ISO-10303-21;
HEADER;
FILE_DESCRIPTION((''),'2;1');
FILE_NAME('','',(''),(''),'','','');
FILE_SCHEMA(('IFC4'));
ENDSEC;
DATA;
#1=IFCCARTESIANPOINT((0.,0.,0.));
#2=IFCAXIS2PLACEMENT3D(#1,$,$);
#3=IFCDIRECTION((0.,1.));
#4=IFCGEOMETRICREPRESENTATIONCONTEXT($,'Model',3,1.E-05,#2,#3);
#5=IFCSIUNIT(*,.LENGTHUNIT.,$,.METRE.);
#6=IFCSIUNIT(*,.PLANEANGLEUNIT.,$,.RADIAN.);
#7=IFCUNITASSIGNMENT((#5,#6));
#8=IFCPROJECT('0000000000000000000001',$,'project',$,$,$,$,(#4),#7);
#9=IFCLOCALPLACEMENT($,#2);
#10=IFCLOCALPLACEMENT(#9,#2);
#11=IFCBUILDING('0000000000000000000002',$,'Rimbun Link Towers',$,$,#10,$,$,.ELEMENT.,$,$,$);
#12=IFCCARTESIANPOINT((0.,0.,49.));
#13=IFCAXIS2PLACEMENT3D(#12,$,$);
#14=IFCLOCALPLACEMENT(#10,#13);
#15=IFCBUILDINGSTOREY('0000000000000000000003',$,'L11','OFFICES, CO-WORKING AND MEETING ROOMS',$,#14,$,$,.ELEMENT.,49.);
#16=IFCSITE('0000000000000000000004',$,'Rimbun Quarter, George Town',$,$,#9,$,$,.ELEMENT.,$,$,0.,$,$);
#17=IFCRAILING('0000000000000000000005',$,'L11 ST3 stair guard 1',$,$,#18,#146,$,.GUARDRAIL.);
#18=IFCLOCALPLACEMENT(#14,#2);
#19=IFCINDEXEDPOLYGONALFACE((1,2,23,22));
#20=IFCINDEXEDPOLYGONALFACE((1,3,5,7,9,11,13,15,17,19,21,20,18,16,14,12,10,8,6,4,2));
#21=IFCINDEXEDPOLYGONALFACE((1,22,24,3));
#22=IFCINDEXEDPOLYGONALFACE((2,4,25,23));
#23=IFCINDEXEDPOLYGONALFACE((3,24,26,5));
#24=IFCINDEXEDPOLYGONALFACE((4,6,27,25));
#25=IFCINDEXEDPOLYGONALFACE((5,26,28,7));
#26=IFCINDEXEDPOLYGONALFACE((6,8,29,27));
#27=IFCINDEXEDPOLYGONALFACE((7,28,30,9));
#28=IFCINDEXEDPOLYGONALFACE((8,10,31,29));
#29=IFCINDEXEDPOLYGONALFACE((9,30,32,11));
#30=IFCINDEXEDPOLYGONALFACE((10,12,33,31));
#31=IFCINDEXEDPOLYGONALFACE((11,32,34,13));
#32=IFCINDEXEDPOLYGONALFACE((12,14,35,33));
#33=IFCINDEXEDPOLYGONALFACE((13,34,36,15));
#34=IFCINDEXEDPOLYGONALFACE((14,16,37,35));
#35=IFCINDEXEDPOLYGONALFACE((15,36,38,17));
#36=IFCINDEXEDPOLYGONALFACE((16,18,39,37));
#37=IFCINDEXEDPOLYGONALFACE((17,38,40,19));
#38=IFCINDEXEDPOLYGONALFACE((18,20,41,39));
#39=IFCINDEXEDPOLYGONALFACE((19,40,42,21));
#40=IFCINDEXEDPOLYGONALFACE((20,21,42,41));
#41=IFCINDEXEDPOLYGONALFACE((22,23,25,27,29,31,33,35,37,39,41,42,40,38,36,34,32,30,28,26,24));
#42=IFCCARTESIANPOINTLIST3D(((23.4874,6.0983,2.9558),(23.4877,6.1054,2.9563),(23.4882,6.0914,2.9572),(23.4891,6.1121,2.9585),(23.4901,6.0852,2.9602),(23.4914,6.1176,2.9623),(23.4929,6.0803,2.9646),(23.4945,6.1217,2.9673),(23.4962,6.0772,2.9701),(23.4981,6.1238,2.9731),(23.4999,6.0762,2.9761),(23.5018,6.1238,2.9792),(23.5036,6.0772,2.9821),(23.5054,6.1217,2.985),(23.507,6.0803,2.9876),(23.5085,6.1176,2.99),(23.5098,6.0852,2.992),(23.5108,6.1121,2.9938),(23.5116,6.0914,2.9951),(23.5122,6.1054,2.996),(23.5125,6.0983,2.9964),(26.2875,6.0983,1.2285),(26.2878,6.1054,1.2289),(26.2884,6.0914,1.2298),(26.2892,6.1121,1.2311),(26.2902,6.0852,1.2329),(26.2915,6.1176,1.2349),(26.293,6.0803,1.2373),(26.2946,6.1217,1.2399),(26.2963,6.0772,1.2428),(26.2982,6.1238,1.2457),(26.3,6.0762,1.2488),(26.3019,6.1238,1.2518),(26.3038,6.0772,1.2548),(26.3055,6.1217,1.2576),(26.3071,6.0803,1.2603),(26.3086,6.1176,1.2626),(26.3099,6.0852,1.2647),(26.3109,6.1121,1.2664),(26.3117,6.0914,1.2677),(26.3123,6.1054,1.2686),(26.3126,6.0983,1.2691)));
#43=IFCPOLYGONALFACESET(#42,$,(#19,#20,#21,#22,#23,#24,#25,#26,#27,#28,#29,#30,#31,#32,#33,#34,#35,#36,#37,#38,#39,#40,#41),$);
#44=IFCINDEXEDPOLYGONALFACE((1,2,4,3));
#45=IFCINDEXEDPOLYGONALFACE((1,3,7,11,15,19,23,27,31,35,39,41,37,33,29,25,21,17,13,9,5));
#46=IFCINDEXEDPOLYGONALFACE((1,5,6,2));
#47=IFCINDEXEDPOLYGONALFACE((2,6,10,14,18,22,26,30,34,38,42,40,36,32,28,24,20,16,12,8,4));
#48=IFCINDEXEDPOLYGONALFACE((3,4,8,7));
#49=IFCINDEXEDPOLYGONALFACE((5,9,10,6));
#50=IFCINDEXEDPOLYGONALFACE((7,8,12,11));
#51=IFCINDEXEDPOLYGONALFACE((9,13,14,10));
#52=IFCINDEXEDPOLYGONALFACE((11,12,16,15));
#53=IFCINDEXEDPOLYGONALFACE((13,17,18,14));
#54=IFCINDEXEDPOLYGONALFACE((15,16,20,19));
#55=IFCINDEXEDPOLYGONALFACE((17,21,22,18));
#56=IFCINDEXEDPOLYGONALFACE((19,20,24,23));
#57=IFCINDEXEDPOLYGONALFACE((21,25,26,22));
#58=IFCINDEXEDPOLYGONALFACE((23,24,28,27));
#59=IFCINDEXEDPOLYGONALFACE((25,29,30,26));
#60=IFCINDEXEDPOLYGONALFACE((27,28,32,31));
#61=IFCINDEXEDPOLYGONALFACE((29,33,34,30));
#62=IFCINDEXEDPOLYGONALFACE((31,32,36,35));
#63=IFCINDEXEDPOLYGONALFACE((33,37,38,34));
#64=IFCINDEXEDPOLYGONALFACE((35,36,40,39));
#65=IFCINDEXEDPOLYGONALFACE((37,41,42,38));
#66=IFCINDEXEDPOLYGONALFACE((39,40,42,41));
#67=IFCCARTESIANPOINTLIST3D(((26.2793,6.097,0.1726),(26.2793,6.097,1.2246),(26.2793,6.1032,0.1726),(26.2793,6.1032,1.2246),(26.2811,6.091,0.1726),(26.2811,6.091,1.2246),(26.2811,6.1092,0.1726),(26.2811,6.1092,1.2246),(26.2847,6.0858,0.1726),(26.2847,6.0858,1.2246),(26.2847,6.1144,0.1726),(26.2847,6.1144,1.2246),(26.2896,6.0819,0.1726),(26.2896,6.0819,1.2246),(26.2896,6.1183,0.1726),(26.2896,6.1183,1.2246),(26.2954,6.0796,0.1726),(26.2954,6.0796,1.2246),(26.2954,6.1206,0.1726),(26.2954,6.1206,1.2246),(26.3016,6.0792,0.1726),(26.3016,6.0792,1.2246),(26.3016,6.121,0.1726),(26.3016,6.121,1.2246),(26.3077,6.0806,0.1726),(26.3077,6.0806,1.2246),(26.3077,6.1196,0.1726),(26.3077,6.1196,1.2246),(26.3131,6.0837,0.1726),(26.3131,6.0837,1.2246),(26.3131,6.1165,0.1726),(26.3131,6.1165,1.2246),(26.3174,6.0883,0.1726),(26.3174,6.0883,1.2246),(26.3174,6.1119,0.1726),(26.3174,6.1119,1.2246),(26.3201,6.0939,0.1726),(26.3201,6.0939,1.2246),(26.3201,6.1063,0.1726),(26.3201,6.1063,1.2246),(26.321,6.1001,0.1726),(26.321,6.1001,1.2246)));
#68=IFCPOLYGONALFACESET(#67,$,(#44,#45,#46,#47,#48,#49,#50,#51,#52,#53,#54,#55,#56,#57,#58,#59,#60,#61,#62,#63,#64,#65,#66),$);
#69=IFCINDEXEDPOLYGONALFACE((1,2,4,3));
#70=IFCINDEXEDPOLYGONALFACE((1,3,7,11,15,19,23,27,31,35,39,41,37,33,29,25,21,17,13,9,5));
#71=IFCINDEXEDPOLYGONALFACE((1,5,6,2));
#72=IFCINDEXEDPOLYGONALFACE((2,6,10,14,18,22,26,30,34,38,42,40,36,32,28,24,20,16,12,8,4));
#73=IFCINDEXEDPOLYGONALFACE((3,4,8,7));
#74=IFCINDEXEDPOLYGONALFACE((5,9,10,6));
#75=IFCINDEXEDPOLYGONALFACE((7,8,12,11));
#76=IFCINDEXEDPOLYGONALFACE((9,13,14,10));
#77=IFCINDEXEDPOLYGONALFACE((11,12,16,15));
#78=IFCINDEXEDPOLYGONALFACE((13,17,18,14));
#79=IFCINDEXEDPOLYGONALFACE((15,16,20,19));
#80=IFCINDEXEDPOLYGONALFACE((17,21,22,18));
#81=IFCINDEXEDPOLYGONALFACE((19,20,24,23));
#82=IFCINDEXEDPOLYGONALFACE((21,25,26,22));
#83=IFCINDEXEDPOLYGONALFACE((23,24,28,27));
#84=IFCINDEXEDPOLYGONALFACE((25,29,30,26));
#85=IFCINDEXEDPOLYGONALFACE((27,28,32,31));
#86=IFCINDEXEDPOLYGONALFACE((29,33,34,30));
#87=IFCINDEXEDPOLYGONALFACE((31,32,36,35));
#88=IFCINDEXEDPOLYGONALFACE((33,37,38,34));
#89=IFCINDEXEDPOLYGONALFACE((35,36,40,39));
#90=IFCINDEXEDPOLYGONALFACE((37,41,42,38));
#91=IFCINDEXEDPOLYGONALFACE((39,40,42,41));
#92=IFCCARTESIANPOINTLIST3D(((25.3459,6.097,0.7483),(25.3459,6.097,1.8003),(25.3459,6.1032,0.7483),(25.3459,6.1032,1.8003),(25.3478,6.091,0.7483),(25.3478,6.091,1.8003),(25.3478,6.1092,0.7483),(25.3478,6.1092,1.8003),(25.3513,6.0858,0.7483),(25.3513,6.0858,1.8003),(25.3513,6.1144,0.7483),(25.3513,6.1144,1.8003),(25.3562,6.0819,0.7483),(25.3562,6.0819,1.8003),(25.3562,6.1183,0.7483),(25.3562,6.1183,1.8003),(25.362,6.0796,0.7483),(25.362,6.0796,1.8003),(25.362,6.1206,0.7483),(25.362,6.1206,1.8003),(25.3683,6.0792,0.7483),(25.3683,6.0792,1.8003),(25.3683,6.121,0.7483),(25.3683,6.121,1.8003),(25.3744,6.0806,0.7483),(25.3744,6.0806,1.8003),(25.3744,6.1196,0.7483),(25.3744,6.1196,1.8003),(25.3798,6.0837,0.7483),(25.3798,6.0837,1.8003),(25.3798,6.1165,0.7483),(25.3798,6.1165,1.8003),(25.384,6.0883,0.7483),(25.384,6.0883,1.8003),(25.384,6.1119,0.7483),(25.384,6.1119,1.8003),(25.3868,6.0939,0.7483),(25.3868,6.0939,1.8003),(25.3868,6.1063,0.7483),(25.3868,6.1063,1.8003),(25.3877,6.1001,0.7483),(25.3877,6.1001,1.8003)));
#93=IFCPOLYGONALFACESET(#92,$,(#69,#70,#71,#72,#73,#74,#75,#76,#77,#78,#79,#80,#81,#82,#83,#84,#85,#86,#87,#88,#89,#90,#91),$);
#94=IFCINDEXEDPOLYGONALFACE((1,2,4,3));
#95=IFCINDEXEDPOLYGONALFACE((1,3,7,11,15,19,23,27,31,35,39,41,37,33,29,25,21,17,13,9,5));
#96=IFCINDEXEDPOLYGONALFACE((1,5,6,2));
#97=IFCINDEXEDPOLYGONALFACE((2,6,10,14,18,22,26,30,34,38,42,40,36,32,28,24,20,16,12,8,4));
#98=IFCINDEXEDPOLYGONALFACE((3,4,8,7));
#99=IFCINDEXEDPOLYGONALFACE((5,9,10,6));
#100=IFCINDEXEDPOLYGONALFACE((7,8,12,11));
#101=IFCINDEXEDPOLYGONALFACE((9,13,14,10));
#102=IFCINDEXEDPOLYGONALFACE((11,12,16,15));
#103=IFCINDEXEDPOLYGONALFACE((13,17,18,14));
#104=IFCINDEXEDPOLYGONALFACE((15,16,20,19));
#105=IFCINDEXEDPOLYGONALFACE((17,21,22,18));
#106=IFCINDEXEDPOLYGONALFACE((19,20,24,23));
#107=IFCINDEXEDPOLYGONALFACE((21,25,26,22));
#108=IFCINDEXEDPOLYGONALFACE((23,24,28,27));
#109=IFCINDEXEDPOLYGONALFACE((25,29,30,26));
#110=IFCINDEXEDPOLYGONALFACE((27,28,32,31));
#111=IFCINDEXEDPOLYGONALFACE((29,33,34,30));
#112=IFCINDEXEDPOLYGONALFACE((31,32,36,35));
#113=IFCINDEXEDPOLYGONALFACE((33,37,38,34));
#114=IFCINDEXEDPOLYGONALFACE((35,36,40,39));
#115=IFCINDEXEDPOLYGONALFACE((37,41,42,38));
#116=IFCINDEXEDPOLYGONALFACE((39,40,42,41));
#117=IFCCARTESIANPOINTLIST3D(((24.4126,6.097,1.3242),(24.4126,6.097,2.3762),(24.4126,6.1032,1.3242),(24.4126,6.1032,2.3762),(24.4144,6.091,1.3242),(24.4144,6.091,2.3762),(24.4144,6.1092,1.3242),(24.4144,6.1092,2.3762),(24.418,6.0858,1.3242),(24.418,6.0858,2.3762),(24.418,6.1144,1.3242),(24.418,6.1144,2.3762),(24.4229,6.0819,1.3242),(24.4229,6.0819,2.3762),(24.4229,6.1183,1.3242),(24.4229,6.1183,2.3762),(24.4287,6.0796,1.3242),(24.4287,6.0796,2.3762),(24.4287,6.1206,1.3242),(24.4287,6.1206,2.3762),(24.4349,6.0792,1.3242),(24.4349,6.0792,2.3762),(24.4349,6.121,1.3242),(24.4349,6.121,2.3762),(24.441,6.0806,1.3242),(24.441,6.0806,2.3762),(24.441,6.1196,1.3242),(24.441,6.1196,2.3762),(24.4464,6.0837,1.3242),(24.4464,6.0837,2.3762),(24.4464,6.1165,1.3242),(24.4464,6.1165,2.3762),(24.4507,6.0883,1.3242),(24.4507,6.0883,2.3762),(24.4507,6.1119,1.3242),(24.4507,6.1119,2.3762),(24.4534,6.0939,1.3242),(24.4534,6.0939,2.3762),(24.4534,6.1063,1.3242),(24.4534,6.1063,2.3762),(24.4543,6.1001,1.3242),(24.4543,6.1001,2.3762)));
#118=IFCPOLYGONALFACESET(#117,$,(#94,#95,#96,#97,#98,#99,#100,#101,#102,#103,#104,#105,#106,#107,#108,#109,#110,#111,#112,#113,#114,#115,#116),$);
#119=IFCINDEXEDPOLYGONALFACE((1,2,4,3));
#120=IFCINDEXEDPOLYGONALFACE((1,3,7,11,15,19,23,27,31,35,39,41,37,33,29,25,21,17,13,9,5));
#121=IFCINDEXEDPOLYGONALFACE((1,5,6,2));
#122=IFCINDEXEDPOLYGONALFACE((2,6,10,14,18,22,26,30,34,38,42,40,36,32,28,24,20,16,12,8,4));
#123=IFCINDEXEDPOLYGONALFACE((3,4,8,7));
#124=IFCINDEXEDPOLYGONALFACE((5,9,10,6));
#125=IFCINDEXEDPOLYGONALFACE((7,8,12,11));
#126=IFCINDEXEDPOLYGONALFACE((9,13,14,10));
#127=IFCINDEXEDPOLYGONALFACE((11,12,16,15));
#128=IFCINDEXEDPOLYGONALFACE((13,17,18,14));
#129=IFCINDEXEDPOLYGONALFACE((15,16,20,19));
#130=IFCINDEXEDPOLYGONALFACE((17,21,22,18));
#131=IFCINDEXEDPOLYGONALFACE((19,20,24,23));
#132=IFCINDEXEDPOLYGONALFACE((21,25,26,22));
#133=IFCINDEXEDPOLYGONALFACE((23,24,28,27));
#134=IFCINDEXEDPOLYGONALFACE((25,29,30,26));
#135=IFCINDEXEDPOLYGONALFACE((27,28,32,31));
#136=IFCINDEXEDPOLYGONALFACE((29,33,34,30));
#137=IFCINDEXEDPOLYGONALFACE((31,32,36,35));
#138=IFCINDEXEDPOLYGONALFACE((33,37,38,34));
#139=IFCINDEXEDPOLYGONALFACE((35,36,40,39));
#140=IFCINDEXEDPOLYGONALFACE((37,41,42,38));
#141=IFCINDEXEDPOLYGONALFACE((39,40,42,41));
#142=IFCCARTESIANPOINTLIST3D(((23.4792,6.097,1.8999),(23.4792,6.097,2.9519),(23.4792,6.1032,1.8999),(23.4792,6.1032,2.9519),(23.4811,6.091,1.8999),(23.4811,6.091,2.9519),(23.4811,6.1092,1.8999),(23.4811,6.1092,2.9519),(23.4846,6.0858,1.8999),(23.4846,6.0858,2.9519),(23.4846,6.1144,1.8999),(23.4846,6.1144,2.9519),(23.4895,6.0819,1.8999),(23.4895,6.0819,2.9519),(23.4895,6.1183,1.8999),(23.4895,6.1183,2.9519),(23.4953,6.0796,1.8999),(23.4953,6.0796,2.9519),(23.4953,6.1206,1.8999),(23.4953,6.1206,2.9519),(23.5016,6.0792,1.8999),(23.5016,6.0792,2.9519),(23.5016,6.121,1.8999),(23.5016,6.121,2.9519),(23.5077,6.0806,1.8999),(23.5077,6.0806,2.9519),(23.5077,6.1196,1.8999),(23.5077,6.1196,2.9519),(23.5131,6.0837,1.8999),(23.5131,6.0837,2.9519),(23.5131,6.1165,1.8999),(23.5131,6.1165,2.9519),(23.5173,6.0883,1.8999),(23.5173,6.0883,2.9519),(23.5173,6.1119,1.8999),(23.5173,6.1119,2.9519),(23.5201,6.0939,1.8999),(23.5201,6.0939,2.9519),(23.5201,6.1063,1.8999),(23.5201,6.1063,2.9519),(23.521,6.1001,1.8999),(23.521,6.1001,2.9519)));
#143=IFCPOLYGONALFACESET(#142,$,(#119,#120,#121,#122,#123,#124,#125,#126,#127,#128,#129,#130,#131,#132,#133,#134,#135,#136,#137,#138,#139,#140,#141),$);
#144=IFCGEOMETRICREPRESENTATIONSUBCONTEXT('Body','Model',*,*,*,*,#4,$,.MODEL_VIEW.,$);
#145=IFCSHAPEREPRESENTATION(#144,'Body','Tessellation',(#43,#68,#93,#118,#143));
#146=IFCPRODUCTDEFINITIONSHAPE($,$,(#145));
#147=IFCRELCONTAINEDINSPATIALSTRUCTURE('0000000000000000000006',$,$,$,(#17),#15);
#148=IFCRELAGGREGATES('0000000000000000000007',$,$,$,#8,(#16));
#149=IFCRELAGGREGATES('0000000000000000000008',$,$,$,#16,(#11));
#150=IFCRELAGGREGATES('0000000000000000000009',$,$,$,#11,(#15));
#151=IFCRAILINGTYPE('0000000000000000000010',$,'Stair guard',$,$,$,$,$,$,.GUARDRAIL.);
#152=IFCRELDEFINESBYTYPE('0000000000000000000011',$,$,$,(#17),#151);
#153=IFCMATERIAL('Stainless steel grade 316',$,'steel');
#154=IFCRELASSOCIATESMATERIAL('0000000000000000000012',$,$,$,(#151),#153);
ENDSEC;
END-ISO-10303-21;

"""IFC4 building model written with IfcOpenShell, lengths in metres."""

from ifc_helpers import new_model, si_unit, direction, frame, origin, origin_2d, place, context, subcontext, project, spatial, circle, extrude, material, type_object, element, save


model = new_model("IFC4")

# Units and contexts
model_context = context("Model", 3, precision=1e-05, world=origin(), true_north=direction((0.0, 1.0)))
body_context = subcontext(model_context, "Body", "Model", "MODEL_VIEW")
ifc_project = project(units=[si_unit("LENGTHUNIT", "METRE"), si_unit("PLANEANGLEUNIT", "RADIAN")], contexts=[model_context])

# Site, building, storey
site_placement = place(None, origin())
site = spatial("IfcSite", under=ifc_project, at=site_placement, Name="Rimbun Quarter, George Town", CompositionType="ELEMENT", RefElevation=0.0)
building_placement = place(site_placement, origin())
building = spatial("IfcBuilding", under=site, at=building_placement, Name="Rimbun Link Towers", CompositionType="ELEMENT")
storey_placement = place(building_placement, frame((0.0, 0.0, 49.0)))
storey = spatial("IfcBuildingStorey", under=building, at=storey_placement, Name="L11", Description="OFFICES, CO-WORKING AND MEETING ROOMS", CompositionType="ELEMENT", Elevation=49.0)

# Railing
ifc_material_1 = material(Name="Stainless steel grade 316", Category="steel")
railing_type_1 = type_object("IfcRailingType", Name="Stair guard", PredefinedType="GUARDRAIL", material=ifc_material_1)
railing_1_placement = place(storey_placement, frame((26.3, 6.1001, 0.1726)))
element("IfcRailing", 1, at=railing_1_placement, inside=storey, type_object=railing_type_1, Name="L11 ST3 stair guard 1", PredefinedType="GUARDRAIL", context=body_context, shape_type="SweptSolid", body=[
    extrude(circle(Radius=0.0239, at=origin_2d()), frame((0.0, 0.0, 1.0762), z_axis=(-0.85109, 0.0, 0.52502), x_axis=(0.0, -1.0, 0.0)), (0.0, 0.0, 1.0), 3.29),
    extrude(circle(Radius=0.021, at=origin_2d()), origin(), (0.0, 0.0, 1.0), 1.052),
    extrude(circle(Radius=0.021, at=origin_2d()), frame((-0.9333, 0.0, 0.5757)), (0.0, 0.0, 1.0), 1.052),
    extrude(circle(Radius=0.021, at=origin_2d()), frame((-1.8667, 0.0, 1.1516)), (0.0, 0.0, 1.0), 1.052),
    extrude(circle(Radius=0.021, at=origin_2d()), frame((-2.8, 0.0, 1.7273)), (0.0, 0.0, 1.0), 1.052),
])

save(model, "model.ifc")
